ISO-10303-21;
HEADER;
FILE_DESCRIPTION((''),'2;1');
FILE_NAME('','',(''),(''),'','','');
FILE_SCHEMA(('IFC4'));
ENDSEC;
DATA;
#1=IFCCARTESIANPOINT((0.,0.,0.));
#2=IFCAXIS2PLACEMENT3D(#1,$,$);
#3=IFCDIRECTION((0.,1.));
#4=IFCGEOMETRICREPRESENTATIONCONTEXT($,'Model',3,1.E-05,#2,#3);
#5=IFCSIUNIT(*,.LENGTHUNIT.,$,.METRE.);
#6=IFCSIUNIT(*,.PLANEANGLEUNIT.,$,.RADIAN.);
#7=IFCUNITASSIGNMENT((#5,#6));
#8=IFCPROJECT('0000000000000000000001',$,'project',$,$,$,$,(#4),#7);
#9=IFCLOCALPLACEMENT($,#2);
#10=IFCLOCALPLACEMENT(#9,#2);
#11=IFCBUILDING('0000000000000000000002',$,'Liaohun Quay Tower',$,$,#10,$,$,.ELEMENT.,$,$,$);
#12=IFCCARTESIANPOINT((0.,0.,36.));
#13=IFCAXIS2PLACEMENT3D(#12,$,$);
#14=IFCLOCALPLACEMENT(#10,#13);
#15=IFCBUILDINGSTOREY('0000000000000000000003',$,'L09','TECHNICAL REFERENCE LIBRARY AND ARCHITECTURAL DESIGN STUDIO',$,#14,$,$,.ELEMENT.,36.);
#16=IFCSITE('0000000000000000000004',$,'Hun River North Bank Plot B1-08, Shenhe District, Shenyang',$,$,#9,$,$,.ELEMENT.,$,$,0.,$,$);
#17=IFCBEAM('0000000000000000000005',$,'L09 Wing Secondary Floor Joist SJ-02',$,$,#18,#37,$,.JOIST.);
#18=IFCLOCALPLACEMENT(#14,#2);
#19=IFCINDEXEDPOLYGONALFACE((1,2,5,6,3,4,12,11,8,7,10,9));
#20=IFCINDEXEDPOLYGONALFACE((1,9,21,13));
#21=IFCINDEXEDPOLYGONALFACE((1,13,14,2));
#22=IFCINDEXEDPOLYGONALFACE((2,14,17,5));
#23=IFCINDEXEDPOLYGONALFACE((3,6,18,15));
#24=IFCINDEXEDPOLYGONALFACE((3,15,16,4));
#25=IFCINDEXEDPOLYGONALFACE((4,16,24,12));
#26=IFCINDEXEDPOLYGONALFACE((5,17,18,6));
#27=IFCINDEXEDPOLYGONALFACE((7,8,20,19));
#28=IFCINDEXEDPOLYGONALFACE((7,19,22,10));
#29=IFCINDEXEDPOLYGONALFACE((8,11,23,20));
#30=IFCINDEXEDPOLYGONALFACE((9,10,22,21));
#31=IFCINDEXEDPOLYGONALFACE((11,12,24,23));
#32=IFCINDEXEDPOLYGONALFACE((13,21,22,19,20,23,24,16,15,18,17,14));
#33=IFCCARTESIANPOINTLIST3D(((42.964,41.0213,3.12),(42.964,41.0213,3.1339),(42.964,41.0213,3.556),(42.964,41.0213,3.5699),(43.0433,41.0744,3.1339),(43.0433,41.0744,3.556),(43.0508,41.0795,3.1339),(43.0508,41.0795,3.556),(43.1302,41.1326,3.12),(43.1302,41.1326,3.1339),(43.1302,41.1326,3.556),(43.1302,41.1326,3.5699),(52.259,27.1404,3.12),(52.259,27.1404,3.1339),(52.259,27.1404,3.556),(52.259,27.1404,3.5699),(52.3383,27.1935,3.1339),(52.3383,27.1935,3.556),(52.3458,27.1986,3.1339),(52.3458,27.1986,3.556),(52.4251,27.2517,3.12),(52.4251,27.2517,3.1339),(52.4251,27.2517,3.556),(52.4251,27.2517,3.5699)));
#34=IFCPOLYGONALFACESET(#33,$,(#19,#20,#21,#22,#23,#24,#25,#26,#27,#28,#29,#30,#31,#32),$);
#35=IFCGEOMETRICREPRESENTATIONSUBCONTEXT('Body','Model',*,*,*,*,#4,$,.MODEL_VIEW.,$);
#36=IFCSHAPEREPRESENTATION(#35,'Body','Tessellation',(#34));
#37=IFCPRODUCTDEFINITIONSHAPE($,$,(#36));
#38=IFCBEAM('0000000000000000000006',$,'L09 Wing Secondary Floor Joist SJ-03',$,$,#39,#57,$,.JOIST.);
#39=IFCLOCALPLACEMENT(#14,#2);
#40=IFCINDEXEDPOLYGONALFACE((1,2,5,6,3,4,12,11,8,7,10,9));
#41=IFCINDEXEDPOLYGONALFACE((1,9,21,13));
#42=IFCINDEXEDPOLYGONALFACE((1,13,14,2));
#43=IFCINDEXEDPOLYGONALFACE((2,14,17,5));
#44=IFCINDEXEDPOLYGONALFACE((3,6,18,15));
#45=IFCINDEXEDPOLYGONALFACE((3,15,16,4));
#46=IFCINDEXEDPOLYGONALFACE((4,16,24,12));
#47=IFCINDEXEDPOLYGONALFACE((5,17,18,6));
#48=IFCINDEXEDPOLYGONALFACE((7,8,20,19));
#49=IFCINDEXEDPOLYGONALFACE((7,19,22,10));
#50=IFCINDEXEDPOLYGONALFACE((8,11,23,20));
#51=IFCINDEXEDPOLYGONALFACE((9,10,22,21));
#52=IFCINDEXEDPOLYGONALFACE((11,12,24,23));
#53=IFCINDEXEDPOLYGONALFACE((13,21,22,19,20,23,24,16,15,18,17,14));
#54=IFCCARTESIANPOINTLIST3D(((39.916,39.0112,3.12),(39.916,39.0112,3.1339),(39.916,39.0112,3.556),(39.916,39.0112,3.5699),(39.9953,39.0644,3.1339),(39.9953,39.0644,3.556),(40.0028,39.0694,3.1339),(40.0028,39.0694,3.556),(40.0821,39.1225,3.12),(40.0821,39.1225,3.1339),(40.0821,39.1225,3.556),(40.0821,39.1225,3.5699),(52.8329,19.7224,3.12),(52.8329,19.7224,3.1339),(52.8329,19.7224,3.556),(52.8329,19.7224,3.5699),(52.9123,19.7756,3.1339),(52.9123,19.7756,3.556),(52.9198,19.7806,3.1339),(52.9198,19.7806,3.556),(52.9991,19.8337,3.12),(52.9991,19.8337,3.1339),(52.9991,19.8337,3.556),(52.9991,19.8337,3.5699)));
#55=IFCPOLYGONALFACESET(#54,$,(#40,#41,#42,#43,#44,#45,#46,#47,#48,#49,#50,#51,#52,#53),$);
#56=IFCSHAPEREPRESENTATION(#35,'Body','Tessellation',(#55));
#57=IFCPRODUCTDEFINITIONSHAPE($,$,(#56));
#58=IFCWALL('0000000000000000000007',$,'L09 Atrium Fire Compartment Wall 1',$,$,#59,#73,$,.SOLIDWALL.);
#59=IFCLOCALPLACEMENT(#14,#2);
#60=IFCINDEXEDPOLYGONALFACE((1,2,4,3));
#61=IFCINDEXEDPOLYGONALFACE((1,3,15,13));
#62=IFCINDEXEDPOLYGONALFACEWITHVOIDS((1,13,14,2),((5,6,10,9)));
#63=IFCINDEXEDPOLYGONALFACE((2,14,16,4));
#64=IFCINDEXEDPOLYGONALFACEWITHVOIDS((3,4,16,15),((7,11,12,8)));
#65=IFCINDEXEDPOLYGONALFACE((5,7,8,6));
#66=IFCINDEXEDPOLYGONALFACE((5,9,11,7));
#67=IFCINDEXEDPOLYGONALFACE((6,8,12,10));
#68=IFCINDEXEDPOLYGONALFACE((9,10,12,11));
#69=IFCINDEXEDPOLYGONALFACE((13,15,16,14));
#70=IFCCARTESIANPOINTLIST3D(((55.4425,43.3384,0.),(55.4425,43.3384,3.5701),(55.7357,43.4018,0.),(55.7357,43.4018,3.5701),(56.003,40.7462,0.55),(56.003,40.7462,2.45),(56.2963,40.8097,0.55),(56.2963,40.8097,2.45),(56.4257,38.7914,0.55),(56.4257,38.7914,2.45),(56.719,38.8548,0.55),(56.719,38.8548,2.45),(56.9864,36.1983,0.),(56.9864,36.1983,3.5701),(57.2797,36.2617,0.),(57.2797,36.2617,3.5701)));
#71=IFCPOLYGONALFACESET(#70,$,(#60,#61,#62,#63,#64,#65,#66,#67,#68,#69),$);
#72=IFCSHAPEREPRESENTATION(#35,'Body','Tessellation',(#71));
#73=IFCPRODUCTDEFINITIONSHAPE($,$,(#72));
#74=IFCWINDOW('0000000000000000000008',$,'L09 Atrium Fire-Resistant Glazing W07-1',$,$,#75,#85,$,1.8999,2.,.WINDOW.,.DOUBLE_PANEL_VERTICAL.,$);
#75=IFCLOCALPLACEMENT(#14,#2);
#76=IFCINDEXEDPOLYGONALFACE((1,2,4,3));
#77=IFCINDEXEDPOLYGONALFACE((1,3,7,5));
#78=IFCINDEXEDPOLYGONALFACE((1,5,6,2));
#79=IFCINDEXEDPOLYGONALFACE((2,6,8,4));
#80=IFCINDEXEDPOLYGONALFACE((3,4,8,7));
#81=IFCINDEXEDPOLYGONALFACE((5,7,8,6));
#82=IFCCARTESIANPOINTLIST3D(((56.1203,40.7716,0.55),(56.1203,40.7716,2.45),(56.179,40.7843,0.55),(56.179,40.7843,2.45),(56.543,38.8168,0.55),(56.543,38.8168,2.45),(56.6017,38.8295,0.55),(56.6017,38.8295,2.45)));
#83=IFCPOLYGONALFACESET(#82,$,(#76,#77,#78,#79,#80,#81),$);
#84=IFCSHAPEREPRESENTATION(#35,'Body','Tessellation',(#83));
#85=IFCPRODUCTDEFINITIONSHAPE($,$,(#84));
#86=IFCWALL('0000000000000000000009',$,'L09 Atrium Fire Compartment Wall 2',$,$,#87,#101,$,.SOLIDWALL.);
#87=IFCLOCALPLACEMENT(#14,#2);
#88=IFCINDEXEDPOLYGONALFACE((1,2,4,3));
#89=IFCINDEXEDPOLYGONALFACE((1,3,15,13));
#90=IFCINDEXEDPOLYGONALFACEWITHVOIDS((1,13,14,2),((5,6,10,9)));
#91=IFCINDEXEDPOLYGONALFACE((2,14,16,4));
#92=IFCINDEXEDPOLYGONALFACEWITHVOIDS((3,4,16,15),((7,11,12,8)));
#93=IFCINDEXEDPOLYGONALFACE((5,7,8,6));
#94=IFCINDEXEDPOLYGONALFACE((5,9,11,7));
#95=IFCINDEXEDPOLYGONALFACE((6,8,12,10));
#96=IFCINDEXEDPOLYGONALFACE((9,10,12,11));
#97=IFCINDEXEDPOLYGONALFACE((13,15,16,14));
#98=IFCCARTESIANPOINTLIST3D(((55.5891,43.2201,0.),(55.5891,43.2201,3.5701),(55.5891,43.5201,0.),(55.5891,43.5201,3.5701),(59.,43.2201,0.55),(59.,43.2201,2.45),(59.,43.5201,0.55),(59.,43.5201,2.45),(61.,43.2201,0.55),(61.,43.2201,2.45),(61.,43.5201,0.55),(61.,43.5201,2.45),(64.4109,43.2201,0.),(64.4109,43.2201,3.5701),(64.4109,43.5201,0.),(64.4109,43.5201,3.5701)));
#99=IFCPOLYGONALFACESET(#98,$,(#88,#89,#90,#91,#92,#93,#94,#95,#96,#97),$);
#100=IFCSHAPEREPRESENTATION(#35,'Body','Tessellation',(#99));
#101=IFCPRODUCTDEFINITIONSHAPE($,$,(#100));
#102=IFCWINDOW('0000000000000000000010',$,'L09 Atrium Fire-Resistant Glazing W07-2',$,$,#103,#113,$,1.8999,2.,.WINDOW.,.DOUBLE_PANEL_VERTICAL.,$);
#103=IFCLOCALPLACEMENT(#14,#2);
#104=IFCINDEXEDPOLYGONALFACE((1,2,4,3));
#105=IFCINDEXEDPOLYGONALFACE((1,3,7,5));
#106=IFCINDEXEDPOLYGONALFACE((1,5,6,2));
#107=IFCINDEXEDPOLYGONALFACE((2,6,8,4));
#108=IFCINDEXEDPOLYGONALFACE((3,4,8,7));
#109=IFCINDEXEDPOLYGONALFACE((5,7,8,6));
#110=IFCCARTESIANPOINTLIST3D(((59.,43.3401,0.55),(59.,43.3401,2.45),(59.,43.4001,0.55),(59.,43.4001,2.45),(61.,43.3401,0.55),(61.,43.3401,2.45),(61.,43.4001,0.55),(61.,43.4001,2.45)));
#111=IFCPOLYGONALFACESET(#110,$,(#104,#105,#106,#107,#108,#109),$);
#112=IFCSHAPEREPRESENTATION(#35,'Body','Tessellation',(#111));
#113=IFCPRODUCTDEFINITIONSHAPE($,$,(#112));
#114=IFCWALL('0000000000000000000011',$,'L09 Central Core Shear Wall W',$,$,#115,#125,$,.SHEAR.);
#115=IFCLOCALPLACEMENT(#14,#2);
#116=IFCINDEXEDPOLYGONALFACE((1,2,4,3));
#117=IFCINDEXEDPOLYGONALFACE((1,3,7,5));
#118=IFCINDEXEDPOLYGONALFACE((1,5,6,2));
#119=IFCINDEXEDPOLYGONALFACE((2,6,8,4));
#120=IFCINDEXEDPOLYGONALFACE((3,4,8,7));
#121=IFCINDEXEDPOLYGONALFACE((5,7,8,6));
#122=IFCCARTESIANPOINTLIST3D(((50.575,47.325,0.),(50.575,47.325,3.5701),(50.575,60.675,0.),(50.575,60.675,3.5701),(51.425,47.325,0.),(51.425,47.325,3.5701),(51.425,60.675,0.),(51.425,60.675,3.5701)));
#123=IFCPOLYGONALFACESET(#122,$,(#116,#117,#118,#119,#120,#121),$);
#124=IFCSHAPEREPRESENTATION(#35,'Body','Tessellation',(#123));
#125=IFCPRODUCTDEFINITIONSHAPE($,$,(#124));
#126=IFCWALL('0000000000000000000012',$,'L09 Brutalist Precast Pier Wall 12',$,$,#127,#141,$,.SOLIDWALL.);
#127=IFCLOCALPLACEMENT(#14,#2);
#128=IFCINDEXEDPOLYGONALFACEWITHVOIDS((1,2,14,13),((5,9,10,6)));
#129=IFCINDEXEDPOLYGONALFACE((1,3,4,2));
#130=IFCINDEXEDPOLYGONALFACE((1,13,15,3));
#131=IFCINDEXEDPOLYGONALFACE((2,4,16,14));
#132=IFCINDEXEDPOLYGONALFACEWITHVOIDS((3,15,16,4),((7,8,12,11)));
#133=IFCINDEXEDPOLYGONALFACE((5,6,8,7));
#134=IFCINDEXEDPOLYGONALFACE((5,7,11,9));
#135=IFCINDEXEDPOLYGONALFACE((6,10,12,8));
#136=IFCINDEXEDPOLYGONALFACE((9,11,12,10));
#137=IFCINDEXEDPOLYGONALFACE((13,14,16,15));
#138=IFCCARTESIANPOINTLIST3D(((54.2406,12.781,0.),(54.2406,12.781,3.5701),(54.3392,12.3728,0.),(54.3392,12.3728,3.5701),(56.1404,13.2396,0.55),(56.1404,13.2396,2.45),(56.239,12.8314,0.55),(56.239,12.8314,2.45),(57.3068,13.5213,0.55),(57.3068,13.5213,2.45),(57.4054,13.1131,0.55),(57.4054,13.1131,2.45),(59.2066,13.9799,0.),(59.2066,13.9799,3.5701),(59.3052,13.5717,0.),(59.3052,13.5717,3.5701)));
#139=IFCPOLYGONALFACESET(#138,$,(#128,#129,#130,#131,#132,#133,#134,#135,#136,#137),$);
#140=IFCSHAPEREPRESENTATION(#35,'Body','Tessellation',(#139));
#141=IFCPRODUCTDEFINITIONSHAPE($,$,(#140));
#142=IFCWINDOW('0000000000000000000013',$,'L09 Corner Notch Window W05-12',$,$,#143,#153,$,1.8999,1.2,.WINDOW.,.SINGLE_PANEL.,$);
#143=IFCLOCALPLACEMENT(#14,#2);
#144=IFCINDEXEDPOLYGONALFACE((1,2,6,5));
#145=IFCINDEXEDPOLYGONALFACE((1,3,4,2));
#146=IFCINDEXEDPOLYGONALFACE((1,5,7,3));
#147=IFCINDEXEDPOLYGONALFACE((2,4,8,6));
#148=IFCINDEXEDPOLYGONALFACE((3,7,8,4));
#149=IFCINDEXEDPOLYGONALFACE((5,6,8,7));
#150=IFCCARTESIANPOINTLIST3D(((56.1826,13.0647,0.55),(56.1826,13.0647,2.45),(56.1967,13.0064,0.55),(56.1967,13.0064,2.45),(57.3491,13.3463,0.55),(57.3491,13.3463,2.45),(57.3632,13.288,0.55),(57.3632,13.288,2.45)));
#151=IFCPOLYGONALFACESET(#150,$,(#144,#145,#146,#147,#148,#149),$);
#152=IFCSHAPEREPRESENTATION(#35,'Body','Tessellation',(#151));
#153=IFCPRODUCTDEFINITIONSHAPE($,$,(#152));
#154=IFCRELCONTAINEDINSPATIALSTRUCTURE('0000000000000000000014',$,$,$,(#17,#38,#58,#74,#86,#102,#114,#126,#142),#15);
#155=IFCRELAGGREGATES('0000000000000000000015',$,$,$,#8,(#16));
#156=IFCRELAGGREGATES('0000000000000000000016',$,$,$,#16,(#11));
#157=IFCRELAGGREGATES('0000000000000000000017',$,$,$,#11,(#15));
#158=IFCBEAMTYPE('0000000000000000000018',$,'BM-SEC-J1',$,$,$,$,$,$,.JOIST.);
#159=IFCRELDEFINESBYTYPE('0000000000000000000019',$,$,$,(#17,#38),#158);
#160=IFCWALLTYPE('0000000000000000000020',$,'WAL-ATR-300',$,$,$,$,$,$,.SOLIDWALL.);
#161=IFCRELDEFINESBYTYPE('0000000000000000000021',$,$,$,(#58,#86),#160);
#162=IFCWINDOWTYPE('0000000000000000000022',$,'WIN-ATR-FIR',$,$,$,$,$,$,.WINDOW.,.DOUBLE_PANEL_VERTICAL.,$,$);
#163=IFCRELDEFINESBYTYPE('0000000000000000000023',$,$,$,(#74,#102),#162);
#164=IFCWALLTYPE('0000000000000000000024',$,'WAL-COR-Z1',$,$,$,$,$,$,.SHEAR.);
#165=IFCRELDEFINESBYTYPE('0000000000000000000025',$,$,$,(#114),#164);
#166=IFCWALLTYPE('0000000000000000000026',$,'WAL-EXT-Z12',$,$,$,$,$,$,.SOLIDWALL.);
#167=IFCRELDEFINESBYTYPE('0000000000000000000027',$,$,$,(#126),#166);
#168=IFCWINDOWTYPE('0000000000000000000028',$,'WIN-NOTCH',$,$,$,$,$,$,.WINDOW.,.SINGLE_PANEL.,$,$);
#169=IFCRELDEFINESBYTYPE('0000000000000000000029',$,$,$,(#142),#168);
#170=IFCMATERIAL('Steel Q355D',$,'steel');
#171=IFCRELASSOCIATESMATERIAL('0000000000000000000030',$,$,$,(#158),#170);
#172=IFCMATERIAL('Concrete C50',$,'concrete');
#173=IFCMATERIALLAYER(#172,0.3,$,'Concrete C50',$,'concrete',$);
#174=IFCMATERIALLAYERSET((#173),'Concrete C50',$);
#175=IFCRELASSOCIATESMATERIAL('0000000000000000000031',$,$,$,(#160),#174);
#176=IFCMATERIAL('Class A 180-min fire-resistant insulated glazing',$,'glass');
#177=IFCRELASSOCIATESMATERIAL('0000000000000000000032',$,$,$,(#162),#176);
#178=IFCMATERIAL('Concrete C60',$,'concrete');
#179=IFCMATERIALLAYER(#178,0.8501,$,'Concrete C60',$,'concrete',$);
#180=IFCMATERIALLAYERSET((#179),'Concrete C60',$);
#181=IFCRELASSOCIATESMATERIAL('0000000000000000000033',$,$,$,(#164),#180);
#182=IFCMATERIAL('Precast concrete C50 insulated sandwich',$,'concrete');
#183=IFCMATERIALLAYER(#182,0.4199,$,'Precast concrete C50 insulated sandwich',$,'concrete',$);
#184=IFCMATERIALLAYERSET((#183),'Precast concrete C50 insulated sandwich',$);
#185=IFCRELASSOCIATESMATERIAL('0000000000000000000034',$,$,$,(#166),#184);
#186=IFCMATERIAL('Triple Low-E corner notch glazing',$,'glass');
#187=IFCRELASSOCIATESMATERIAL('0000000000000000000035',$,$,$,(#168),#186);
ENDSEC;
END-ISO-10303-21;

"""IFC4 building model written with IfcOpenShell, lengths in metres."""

from ifc_helpers import new_model, si_unit, direction, frame, frame_2d, origin, origin_2d, place, context, subcontext, project, spatial, rectangle, i_section, extrude, source, transform, mapped, material, layer, layer_set, material_profile, profile_set, type_object, element, fill, save


model = new_model("IFC4")

# Units and contexts
model_context = context("Model", 3, precision=1e-05, world=origin(), true_north=direction((0.0, 1.0)))
body_context = subcontext(model_context, "Body", "Model", "MODEL_VIEW")
ifc_project = project(units=[si_unit("LENGTHUNIT", "METRE"), si_unit("PLANEANGLEUNIT", "RADIAN")], contexts=[model_context])

# Site, building, storey
site_placement = place(None, origin())
site = spatial("IfcSite", under=ifc_project, at=site_placement, Name="Hun River North Bank Plot B1-08, Shenhe District, Shenyang", CompositionType="ELEMENT", RefElevation=0.0)
building_placement = place(site_placement, origin())
building = spatial("IfcBuilding", under=site, at=building_placement, Name="Liaohun Quay Tower", CompositionType="ELEMENT")
storey_placement = place(building_placement, frame((0.0, 0.0, 36.0)))
storey = spatial("IfcBuildingStorey", under=building, at=storey_placement, Name="L09", Description="TECHNICAL REFERENCE LIBRARY AND ARCHITECTURAL DESIGN STUDIO", CompositionType="ELEMENT", Elevation=36.0)

# Shared definitions
ifc_material_1 = material(Name="Concrete C60", Category="concrete")

# Beams
ifc_material_2 = material(Name="Steel Q355D", Category="steel")
ifc_material_profile_1 = material_profile(ifc_material_2, i_section(OverallWidth=0.2, OverallDepth=0.45, WebThickness=0.009, FlangeThickness=0.0139, at=origin_2d()), Name="HN450x200x9x14")
ifc_profile_set_1 = profile_set([ifc_material_profile_1], Name="Steel Q355D")
beam_type_1 = type_object("IfcBeamType", Name="BM-SEC-J1", PredefinedType="JOIST", material=ifc_profile_set_1)
shared_shape_1 = source(origin(), body_context, "Body", "SweptSolid", [
    extrude(i_section(OverallWidth=0.2, OverallDepth=0.45, WebThickness=0.009, FlangeThickness=0.0139, at=origin_2d()), origin(), (0.0, 0.0, 1.0), 16.7056),
])
beam_1_placement = place(storey_placement, frame((52.342, 27.196, 3.345), z_axis=(-0.556399, 0.830915, 0.0), x_axis=(-0.830915, -0.556399, 0.0)))
element("IfcBeam", 1, at=beam_1_placement, inside=storey, type_object=beam_type_1, Name="L09 Wing Secondary Floor Joist SJ-02", PredefinedType="JOIST", context=body_context, shape_type="MappedRepresentation", body=[
    mapped(shared_shape_1, transform((0.0, 0.0, 0.0), x_axis=(1.0, 0.0, 0.0), y_axis=(0.0, 1.0, 0.0), z_axis=(0.0, 0.0, 1.0), scale=1.0)),
])
shared_shape_2 = source(origin(), body_context, "Body", "SweptSolid", [
    extrude(i_section(OverallWidth=0.2, OverallDepth=0.45, WebThickness=0.009, FlangeThickness=0.0139, at=origin_2d()), origin(), (0.0, 0.0, 1.0), 23.2144),
])
beam_2_placement = place(storey_placement, frame((52.916, 19.7781, 3.345), z_axis=(-0.556422, 0.8309, 0.0), x_axis=(-0.8309, -0.556422, 0.0)))
element("IfcBeam", 2, at=beam_2_placement, inside=storey, type_object=beam_type_1, Name="L09 Wing Secondary Floor Joist SJ-03", PredefinedType="JOIST", context=body_context, shape_type="MappedRepresentation", body=[
    mapped(shared_shape_2, transform((0.0, 0.0, 0.0), x_axis=(1.0, 0.0, 0.0), y_axis=(0.0, 1.0, 0.0), z_axis=(0.0, 0.0, 1.0), scale=1.0)),
])

# Walls, openings, windows
ifc_material_3 = material(Name="Concrete C50", Category="concrete")
ifc_layer_1 = layer(ifc_material_3, 0.3, Name="Concrete C50", Category="concrete")
ifc_layer_set_1 = layer_set([ifc_layer_1], Name="Concrete C50")
wall_type_1 = type_object("IfcWallType", Name="WAL-ATR-300", PredefinedType="SOLIDWALL", material=ifc_layer_set_1)
wall_1_placement = place(storey_placement, frame((57.1331, 36.23, 0.0), z_axis=(0.0, 0.0, 1.0), x_axis=(-0.21135, 0.97741, 0.0)))
wall_1 = element("IfcWall", 3, at=wall_1_placement, inside=storey, type_object=wall_type_1, Name="L09 Atrium Fire Compartment Wall 1", PredefinedType="SOLIDWALL", context=body_context, shape_type="SweptSolid", body=[
    extrude(rectangle(XDim=7.3052, YDim=0.3, at=frame_2d((3.6526, 0.0))), origin(), (0.0, 0.0, 1.0), 3.5701),
])
shared_shape_3 = source(origin(), body_context, "Body", "SweptSolid", [
    extrude(rectangle(XDim=2.0, YDim=1.8999, at=frame_2d((1.0, 0.95))), frame((0.0, 0.1599, 0.0), z_axis=(0.0, -1.0, 0.0), x_axis=(1.0, 0.0, 0.0)), (0.0, 0.0, 1.0), 0.3201),
])
opening_1_placement = place(wall_1_placement, frame((2.6531, 0.0, 0.55)))
opening_1 = element("IfcOpeningElement", 4, at=opening_1_placement, cuts=wall_1, PredefinedType="OPENING", context=body_context, shape_type="MappedRepresentation", body=[
    mapped(shared_shape_3, transform((0.0, 0.0, 0.0), x_axis=(1.0, 0.0, 0.0), y_axis=(0.0, 1.0, 0.0), z_axis=(0.0, 0.0, 1.0), scale=1.0)),
])
ifc_material_4 = material(Name="Class A 180-min fire-resistant insulated glazing", Category="glass")
window_type_1 = type_object("IfcWindowType", Name="WIN-ATR-FIR", PartitioningType="DOUBLE_PANEL_VERTICAL", PredefinedType="WINDOW", material=ifc_material_4)
shared_shape_4 = source(origin(), body_context, "Body", "SweptSolid", [
    extrude(rectangle(XDim=2.0, YDim=1.8999, at=frame_2d((1.0, 0.95))), frame((0.0, 0.03, 0.0), z_axis=(0.0, -1.0, 0.0), x_axis=(1.0, 0.0, 0.0)), (0.0, 0.0, 1.0), 0.0601),
])
window_1_placement = place(opening_1_placement, origin())
window_1 = element("IfcWindow", 5, at=window_1_placement, inside=storey, type_object=window_type_1, Name="L09 Atrium Fire-Resistant Glazing W07-1", OverallHeight=1.8999, OverallWidth=2.0, PartitioningType="DOUBLE_PANEL_VERTICAL", PredefinedType="WINDOW", context=body_context, shape_type="MappedRepresentation", body=[
    mapped(shared_shape_4, transform((0.0, 0.0, 0.0), x_axis=(1.0, 0.0, 0.0), y_axis=(0.0, 1.0, 0.0), z_axis=(0.0, 0.0, 1.0), scale=1.0)),
])
fill(opening_1, window_1)
wall_2_placement = place(storey_placement, frame((55.5891, 43.3701, 0.0), z_axis=(0.0, 0.0, 1.0), x_axis=(1.0, 0.0, 0.0)))
wall_2 = element("IfcWall", 6, at=wall_2_placement, inside=storey, type_object=wall_type_1, Name="L09 Atrium Fire Compartment Wall 2", PredefinedType="SOLIDWALL", context=body_context, shape_type="SweptSolid", body=[
    extrude(rectangle(XDim=8.8218, YDim=0.3, at=frame_2d((4.4109, 0.0))), origin(), (0.0, 0.0, 1.0), 3.5701),
])
opening_2_placement = place(wall_2_placement, frame((3.4109, 0.0, 0.55)))
opening_2 = element("IfcOpeningElement", 7, at=opening_2_placement, cuts=wall_2, PredefinedType="OPENING", context=body_context, shape_type="MappedRepresentation", body=[
    mapped(shared_shape_3, transform((0.0, 0.0, 0.0), x_axis=(1.0, 0.0, 0.0), y_axis=(0.0, 1.0, 0.0), z_axis=(0.0, 0.0, 1.0), scale=1.0)),
])
window_2_placement = place(opening_2_placement, origin())
window_2 = element("IfcWindow", 8, at=window_2_placement, inside=storey, type_object=window_type_1, Name="L09 Atrium Fire-Resistant Glazing W07-2", OverallHeight=1.8999, OverallWidth=2.0, PartitioningType="DOUBLE_PANEL_VERTICAL", PredefinedType="WINDOW", context=body_context, shape_type="MappedRepresentation", body=[
    mapped(shared_shape_4, transform((0.0, 0.0, 0.0), x_axis=(1.0, 0.0, 0.0), y_axis=(0.0, 1.0, 0.0), z_axis=(0.0, 0.0, 1.0), scale=1.0)),
])
fill(opening_2, window_2)

# Wall
ifc_layer_2 = layer(ifc_material_1, 0.8501, Name="Concrete C60", Category="concrete")
ifc_layer_set_2 = layer_set([ifc_layer_2], Name="Concrete C60")
wall_type_2 = type_object("IfcWallType", Name="WAL-COR-Z1", PredefinedType="SHEAR", material=ifc_layer_set_2)
wall_3_placement = place(storey_placement, frame((51.0, 47.325, 0.0), z_axis=(0.0, 0.0, 1.0), x_axis=(0.0, 1.0, 0.0)))
element("IfcWall", 9, at=wall_3_placement, inside=storey, type_object=wall_type_2, Name="L09 Central Core Shear Wall W", PredefinedType="SHEAR", context=body_context, shape_type="SweptSolid", body=[
    extrude(rectangle(XDim=13.3501, YDim=0.8501, at=frame_2d((6.675, 0.0))), origin(), (0.0, 0.0, 1.0), 3.5701),
])

# Wall, opening, window
ifc_material_5 = material(Name="Precast concrete C50 insulated sandwich", Category="concrete")
ifc_layer_3 = layer(ifc_material_5, 0.4199, Name="Precast concrete C50 insulated sandwich", Category="concrete")
ifc_layer_set_3 = layer_set([ifc_layer_3], Name="Precast concrete C50 insulated sandwich")
wall_type_3 = type_object("IfcWallType", Name="WAL-EXT-Z12", PredefinedType="SOLIDWALL", material=ifc_layer_set_3)
wall_4_placement = place(storey_placement, frame((54.29, 12.5769, 0.0), z_axis=(0.0, 0.0, 1.0), x_axis=(0.97207, 0.23469, 0.0)))
wall_4 = element("IfcWall", 10, at=wall_4_placement, inside=storey, type_object=wall_type_3, Name="L09 Brutalist Precast Pier Wall 12", PredefinedType="SOLIDWALL", context=body_context, shape_type="SweptSolid", body=[
    extrude(rectangle(XDim=5.1086, YDim=0.4199, at=frame_2d((2.5542, 0.0))), origin(), (0.0, 0.0, 1.0), 3.5701),
])
shared_shape_5 = source(origin(), body_context, "Body", "SweptSolid", [
    extrude(rectangle(XDim=1.2, YDim=1.8999, at=frame_2d((0.6001, 0.95))), frame((0.0, 0.22, 0.0), z_axis=(0.0, -1.0, 0.0), x_axis=(1.0, 0.0, 0.0)), (0.0, 0.0, 1.0), 0.4399),
])
opening_3_placement = place(wall_4_placement, frame((1.9541, 0.0, 0.55)))
opening_3 = element("IfcOpeningElement", 11, at=opening_3_placement, cuts=wall_4, PredefinedType="OPENING", context=body_context, shape_type="MappedRepresentation", body=[
    mapped(shared_shape_5, transform((0.0, 0.0, 0.0), x_axis=(1.0, 0.0, 0.0), y_axis=(0.0, 1.0, 0.0), z_axis=(0.0, 0.0, 1.0), scale=1.0)),
])
ifc_material_6 = material(Name="Triple Low-E corner notch glazing", Category="glass")
window_type_2 = type_object("IfcWindowType", Name="WIN-NOTCH", PartitioningType="SINGLE_PANEL", PredefinedType="WINDOW", material=ifc_material_6)
shared_shape_6 = source(origin(), body_context, "Body", "SweptSolid", [
    extrude(rectangle(XDim=1.2, YDim=1.8999, at=frame_2d((0.6001, 0.95))), frame((0.0, 0.03, 0.0), z_axis=(0.0, -1.0, 0.0), x_axis=(1.0, 0.0, 0.0)), (0.0, 0.0, 1.0), 0.0601),
])
window_3_placement = place(opening_3_placement, origin())
window_3 = element("IfcWindow", 12, at=window_3_placement, inside=storey, type_object=window_type_2, Name="L09 Corner Notch Window W05-12", OverallHeight=1.8999, OverallWidth=1.2, PartitioningType="SINGLE_PANEL", PredefinedType="WINDOW", context=body_context, shape_type="MappedRepresentation", body=[
    mapped(shared_shape_6, transform((0.0, 0.0, 0.0), x_axis=(1.0, 0.0, 0.0), y_axis=(0.0, 1.0, 0.0), z_axis=(0.0, 0.0, 1.0), scale=1.0)),
])
fill(opening_3, window_3)

save(model, "model.ifc")
